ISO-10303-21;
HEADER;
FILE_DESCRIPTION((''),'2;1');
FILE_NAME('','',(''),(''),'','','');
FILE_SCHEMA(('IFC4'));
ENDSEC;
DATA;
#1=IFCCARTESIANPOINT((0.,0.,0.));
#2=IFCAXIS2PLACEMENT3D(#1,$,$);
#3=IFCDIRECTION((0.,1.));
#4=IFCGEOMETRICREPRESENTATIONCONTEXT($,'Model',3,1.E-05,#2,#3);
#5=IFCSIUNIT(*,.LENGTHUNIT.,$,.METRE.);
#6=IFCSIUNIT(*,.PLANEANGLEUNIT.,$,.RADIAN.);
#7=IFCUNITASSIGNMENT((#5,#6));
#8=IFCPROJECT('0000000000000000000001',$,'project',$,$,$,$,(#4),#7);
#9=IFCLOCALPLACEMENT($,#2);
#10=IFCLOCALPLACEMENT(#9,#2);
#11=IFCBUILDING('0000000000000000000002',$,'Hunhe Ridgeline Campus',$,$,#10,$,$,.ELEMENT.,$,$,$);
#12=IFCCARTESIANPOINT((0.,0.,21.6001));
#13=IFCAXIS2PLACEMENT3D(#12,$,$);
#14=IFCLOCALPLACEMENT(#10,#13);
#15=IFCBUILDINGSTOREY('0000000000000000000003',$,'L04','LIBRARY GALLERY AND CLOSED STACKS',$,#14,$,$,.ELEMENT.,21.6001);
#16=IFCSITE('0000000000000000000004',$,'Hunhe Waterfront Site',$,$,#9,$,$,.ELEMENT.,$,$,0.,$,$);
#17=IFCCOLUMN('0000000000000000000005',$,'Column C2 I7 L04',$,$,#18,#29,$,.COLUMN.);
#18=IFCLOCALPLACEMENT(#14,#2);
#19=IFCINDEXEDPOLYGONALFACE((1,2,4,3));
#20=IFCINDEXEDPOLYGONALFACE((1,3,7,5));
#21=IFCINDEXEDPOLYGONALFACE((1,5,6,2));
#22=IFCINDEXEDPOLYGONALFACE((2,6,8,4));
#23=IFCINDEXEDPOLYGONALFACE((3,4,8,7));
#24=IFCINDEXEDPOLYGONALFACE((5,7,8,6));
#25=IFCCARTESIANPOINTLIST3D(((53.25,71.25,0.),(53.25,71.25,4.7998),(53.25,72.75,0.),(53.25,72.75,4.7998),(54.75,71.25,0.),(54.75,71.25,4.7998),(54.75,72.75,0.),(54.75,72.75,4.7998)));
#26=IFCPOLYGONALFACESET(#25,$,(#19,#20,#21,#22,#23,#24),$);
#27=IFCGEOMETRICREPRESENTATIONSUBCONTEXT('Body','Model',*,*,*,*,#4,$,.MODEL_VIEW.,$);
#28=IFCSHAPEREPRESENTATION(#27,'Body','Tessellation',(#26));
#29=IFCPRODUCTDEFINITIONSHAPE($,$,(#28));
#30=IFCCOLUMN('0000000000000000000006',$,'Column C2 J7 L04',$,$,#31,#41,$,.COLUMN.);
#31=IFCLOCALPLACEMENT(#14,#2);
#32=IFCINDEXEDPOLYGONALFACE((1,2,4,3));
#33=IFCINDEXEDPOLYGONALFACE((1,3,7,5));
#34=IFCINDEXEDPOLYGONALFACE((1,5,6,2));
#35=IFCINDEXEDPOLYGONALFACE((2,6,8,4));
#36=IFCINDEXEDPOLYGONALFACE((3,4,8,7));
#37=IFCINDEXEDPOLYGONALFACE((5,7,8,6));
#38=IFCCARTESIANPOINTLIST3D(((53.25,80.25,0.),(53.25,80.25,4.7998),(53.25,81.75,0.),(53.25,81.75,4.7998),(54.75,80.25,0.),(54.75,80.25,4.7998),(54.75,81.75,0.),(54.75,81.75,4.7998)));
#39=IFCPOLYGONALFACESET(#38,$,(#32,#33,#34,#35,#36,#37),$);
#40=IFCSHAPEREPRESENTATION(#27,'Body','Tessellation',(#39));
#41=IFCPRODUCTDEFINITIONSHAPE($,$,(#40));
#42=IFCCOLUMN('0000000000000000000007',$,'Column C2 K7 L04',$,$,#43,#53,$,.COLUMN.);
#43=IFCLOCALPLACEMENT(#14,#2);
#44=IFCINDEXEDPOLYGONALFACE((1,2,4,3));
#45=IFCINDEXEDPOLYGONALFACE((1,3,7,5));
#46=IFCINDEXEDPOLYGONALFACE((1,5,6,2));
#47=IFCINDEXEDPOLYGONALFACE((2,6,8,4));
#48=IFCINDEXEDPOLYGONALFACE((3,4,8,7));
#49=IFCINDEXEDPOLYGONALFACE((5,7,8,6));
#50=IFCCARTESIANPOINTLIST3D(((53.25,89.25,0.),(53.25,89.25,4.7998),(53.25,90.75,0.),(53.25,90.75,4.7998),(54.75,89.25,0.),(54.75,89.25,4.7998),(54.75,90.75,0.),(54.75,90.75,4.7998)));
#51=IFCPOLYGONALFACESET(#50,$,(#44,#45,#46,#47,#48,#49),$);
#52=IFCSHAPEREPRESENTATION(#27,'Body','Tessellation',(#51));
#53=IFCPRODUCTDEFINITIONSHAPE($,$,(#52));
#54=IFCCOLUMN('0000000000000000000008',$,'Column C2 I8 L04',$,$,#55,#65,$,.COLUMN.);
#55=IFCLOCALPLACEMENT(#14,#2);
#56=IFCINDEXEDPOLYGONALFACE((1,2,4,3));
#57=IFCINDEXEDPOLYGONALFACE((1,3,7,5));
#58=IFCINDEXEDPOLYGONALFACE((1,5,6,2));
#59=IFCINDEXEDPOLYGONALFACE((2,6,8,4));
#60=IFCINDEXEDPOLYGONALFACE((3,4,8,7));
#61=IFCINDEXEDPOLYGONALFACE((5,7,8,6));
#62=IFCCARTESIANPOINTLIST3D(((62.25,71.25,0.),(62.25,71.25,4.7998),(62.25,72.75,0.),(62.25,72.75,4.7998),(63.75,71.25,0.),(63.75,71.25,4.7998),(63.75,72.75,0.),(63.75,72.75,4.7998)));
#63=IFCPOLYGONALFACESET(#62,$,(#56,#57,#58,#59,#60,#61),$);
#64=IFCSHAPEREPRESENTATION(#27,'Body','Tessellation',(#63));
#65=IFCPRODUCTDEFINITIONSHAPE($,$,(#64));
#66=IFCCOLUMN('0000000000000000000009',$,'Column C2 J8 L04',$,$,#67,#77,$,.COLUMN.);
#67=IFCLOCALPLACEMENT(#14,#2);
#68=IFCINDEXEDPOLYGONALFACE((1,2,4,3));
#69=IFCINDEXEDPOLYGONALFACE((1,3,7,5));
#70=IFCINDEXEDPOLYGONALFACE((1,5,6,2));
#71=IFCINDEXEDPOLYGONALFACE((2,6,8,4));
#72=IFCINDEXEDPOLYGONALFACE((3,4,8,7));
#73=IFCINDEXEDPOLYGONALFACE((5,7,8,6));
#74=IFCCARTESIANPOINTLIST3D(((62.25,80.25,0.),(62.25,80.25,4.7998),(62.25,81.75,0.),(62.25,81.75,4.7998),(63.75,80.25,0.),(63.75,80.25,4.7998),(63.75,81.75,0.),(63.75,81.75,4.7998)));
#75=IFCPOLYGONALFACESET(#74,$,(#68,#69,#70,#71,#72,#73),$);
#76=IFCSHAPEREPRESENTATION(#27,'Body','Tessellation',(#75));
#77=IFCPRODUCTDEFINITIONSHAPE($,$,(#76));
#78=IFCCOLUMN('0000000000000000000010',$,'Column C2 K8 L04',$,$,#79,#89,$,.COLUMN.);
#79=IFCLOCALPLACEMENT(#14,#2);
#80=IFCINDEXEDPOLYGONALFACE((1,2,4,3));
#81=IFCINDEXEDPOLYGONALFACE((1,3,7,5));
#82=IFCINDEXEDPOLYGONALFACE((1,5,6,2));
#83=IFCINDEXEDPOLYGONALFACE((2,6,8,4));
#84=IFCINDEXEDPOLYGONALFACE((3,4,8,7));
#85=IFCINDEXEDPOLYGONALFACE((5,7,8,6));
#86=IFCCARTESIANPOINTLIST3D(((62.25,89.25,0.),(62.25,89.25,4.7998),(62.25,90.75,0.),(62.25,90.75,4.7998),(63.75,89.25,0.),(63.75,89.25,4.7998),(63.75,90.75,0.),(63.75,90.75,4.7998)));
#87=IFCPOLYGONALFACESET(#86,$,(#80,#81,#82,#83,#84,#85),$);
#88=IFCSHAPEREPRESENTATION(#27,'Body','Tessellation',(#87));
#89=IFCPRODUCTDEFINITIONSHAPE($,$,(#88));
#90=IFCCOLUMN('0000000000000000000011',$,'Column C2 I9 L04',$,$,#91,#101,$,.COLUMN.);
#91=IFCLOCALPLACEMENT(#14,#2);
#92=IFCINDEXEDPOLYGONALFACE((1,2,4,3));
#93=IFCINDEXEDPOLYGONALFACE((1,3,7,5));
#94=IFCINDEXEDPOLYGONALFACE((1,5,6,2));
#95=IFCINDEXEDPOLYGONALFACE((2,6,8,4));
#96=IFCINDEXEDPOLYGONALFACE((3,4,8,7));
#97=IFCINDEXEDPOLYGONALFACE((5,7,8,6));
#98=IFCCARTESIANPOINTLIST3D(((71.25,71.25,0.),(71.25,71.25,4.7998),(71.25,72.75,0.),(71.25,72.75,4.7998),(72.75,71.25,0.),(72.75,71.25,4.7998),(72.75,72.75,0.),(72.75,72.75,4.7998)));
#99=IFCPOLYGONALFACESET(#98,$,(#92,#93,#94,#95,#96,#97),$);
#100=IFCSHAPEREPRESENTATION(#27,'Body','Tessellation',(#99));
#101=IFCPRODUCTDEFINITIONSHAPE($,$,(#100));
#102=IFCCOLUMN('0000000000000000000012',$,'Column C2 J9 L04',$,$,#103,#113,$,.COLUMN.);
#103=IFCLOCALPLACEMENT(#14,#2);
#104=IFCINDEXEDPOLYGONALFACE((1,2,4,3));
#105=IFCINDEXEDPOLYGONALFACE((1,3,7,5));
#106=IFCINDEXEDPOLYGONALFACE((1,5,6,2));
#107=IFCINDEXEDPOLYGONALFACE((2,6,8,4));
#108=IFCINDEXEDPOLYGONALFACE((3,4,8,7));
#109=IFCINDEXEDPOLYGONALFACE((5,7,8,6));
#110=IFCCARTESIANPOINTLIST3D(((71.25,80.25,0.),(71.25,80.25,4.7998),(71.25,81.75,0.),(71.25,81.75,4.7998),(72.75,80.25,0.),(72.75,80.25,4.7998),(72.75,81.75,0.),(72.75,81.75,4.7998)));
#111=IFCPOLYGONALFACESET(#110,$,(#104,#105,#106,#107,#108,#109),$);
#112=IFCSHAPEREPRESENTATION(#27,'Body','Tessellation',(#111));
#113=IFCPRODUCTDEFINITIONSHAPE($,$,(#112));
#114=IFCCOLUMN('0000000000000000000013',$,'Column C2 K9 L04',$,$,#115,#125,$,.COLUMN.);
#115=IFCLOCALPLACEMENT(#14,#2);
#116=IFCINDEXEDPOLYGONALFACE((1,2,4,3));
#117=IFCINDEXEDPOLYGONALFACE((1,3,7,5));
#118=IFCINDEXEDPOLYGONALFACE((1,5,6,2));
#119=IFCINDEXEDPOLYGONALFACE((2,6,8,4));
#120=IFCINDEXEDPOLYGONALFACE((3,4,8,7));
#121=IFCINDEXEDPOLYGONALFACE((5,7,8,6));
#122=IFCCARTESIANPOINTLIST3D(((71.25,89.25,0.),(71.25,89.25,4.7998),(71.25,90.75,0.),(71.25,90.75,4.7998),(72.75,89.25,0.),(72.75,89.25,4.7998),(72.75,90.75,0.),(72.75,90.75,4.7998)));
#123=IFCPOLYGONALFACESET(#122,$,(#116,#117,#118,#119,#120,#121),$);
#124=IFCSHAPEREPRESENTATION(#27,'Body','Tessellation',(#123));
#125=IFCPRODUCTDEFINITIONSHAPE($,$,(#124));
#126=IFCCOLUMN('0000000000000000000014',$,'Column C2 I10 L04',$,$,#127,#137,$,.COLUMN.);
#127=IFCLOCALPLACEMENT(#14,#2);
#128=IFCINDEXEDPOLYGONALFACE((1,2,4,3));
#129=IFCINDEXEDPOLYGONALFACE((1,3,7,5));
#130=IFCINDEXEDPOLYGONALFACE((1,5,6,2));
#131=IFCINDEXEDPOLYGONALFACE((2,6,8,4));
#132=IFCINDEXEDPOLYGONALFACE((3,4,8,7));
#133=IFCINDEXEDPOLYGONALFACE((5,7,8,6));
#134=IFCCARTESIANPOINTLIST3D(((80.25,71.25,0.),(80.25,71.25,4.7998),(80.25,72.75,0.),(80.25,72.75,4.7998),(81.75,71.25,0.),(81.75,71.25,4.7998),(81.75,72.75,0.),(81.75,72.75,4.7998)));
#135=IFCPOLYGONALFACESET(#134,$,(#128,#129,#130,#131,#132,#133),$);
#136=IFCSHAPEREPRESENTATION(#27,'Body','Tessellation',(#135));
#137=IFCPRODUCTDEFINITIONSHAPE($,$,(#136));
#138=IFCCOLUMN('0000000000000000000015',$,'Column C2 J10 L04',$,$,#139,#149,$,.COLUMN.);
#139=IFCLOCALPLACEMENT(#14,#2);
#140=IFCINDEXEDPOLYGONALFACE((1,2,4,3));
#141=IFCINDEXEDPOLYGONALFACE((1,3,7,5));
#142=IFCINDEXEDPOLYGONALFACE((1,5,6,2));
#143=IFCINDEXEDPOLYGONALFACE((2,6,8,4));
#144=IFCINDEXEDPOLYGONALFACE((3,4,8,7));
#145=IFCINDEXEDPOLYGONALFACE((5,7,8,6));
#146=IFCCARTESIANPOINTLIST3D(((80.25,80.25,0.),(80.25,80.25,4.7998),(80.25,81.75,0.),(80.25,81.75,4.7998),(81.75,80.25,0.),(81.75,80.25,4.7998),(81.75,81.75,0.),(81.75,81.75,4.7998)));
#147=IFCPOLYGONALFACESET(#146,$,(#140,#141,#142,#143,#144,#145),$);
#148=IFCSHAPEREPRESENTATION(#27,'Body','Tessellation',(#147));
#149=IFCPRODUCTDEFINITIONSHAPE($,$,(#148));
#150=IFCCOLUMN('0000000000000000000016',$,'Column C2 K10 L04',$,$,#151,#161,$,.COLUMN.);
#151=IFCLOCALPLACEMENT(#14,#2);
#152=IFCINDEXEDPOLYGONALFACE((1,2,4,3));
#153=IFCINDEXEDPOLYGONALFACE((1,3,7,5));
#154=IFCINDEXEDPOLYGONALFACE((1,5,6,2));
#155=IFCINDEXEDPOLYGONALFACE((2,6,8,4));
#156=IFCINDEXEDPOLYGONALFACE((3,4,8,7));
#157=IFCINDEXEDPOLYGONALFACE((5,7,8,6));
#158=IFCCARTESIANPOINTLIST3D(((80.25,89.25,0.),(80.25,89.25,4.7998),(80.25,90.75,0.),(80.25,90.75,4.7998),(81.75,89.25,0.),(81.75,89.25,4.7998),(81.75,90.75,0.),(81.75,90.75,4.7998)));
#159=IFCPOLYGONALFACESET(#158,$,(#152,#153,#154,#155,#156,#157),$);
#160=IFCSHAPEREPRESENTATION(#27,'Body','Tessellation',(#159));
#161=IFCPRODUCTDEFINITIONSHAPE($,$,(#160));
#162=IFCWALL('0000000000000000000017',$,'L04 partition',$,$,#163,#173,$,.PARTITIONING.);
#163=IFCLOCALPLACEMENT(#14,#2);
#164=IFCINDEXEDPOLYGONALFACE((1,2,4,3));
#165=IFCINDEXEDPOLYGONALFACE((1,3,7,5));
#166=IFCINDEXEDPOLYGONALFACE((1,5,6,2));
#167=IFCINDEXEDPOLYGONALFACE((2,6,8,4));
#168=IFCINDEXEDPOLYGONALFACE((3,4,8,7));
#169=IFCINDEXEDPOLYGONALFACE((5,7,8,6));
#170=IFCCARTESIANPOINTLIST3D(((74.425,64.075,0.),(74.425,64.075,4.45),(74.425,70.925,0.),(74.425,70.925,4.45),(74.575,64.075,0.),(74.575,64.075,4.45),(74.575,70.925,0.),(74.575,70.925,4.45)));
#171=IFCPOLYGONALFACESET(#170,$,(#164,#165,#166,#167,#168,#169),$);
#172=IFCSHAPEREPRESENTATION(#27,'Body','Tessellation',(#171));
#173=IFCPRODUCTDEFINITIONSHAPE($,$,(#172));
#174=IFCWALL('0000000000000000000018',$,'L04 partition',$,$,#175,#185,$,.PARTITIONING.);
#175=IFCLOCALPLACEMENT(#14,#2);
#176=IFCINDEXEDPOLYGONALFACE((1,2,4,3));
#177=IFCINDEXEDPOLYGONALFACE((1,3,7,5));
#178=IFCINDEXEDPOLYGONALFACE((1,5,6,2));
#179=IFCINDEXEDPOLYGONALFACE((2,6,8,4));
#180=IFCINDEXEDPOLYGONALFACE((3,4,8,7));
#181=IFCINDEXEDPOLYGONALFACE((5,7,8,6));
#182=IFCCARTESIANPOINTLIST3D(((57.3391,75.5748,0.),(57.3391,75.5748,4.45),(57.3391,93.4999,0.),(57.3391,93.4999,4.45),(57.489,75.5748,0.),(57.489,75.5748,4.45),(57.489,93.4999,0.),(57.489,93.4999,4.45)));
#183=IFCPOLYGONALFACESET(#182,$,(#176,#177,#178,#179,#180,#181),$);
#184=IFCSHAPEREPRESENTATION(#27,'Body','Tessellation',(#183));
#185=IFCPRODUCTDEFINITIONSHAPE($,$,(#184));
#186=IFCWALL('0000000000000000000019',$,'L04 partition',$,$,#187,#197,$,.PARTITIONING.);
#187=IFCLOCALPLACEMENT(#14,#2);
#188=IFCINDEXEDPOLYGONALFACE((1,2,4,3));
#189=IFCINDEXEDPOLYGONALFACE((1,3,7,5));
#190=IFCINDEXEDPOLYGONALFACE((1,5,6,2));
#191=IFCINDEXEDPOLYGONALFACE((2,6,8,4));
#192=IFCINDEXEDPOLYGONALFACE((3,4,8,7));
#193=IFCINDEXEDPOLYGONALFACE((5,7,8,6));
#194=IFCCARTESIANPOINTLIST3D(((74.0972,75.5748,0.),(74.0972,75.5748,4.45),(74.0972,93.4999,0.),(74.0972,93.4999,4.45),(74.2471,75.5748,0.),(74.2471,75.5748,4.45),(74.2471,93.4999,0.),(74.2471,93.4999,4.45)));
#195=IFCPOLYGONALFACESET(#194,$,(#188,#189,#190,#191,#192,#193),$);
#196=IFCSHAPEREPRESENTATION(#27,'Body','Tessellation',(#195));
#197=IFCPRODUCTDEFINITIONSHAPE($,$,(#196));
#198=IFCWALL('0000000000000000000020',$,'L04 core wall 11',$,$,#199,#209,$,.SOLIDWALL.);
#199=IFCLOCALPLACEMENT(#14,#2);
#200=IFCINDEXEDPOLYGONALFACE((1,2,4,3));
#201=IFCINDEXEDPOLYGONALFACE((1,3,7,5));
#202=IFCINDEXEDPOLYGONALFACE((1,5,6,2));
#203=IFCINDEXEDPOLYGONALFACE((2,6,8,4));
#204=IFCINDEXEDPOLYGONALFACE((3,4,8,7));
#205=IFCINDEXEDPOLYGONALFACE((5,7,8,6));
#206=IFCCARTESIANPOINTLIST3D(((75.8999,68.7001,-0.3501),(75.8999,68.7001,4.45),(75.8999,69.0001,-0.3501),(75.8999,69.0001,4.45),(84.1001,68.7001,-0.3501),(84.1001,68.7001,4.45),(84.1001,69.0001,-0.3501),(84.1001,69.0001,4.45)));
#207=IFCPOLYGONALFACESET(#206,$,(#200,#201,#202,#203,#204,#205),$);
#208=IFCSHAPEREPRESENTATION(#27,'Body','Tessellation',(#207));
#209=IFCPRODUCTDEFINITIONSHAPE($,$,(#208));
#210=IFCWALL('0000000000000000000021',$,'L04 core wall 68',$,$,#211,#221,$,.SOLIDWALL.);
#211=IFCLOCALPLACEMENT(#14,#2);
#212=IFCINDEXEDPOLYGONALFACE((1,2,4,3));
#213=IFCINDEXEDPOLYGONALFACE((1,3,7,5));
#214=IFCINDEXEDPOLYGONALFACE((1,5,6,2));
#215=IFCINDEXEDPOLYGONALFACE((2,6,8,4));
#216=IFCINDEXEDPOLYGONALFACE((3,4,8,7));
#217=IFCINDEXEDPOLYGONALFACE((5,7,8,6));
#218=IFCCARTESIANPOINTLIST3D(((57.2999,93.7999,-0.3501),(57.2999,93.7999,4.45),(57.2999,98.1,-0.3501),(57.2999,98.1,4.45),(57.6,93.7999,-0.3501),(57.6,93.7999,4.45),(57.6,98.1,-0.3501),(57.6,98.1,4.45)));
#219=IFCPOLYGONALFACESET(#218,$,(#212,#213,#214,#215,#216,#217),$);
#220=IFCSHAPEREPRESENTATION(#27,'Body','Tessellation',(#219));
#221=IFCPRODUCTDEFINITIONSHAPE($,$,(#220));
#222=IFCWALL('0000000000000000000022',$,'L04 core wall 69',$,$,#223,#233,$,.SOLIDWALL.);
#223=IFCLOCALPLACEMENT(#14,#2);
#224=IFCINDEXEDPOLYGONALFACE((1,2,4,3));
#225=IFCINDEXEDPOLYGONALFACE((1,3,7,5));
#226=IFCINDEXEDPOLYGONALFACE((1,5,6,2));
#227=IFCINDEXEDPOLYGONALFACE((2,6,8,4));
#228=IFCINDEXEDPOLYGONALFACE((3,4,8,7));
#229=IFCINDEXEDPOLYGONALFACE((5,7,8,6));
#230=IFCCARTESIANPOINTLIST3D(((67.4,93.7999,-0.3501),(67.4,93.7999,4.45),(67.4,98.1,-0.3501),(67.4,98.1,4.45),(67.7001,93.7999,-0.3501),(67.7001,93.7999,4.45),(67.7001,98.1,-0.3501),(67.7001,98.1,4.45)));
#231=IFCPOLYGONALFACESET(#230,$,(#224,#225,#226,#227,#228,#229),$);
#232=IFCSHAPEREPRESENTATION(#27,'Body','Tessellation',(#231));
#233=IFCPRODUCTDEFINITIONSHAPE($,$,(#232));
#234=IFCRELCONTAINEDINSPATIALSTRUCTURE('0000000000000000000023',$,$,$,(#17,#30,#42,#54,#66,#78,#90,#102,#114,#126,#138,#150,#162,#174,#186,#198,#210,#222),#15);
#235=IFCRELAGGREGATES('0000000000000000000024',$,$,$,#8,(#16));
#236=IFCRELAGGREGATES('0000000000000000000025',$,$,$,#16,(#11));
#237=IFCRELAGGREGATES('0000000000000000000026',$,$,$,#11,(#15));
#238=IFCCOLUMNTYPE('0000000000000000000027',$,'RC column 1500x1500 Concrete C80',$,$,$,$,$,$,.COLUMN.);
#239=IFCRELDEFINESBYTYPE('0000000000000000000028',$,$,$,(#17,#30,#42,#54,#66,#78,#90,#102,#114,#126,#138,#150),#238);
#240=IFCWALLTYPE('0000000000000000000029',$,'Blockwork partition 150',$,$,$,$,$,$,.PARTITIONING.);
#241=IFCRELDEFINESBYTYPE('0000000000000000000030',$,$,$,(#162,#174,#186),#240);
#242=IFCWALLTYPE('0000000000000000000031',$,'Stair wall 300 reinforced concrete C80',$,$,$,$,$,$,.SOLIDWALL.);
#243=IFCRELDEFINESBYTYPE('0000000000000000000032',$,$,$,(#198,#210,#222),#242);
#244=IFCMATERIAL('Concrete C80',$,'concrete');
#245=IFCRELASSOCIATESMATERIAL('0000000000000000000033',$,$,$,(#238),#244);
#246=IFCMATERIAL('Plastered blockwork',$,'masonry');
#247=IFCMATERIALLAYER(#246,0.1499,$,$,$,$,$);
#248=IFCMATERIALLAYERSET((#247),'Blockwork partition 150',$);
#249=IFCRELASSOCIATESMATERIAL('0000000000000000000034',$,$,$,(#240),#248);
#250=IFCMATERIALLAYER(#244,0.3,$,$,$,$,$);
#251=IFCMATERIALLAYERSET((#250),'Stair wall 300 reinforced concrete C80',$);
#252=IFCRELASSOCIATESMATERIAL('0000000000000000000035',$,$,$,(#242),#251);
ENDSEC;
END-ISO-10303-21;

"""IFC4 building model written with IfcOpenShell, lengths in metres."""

from ifc_helpers import new_model, si_unit, direction, frame, frame_2d, origin, origin_2d, place, context, subcontext, project, spatial, rectangle, extrude, material, layer, layer_set, material_profile, profile_set, type_object, element, save


model = new_model("IFC4")

# Units and contexts
model_context = context("Model", 3, precision=1e-05, world=origin(), true_north=direction((0.0, 1.0)))
body_context = subcontext(model_context, "Body", "Model", "MODEL_VIEW")
ifc_project = project(units=[si_unit("LENGTHUNIT", "METRE"), si_unit("PLANEANGLEUNIT", "RADIAN")], contexts=[model_context])

# Site, building, storey
site_placement = place(None, origin())
site = spatial("IfcSite", under=ifc_project, at=site_placement, Name="Hunhe Waterfront Site", CompositionType="ELEMENT", RefElevation=0.0)
building_placement = place(site_placement, origin())
building = spatial("IfcBuilding", under=site, at=building_placement, Name="Hunhe Ridgeline Campus", CompositionType="ELEMENT")
storey_placement = place(building_placement, frame((0.0, 0.0, 21.6001)))
storey = spatial("IfcBuildingStorey", under=building, at=storey_placement, Name="L04", Description="LIBRARY GALLERY AND CLOSED STACKS", CompositionType="ELEMENT", Elevation=21.6001)

# Columns
ifc_material_1 = material(Name="Concrete C80", Category="concrete")
ifc_material_profile = material_profile(ifc_material_1, rectangle(XDim=1.5, YDim=1.5, at=origin_2d()))
ifc_profile_set = profile_set([ifc_material_profile], Name="Concrete C80")
column_type = type_object("IfcColumnType", Name="RC column 1500x1500 Concrete C80", PredefinedType="COLUMN", material=ifc_profile_set)
for number, where, z_axis, x_axis, name in (
    (1, (54.0, 72.0, 0.0), (0.0, 0.0, 1.0), (1.0, 0.0, 0.0), "Column C2 I7 L04"),
    (2, (54.0, 81.0, 0.0), (0.0, 0.0, 1.0), (1.0, 0.0, 0.0), "Column C2 J7 L04"),
    (3, (54.0, 90.0, 0.0), (0.0, 0.0, 1.0), (1.0, 0.0, 0.0), "Column C2 K7 L04"),
    (4, (63.0, 72.0, 0.0), (0.0, 0.0, 1.0), (1.0, 0.0, 0.0), "Column C2 I8 L04"),
    (5, (63.0, 81.0, 0.0), (0.0, 0.0, 1.0), (1.0, 0.0, 0.0), "Column C2 J8 L04"),
    (6, (63.0, 90.0, 0.0), (0.0, 0.0, 1.0), (1.0, 0.0, 0.0), "Column C2 K8 L04"),
    (7, (72.0, 72.0, 0.0), (0.0, 0.0, 1.0), (1.0, 0.0, 0.0), "Column C2 I9 L04"),
    (8, (72.0, 81.0, 0.0), (0.0, 0.0, 1.0), (1.0, 0.0, 0.0), "Column C2 J9 L04"),
    (9, (72.0, 90.0, 0.0), (0.0, 0.0, 1.0), (1.0, 0.0, 0.0), "Column C2 K9 L04"),
    (10, (81.0, 72.0, 0.0), (0.0, 0.0, 1.0), (1.0, 0.0, 0.0), "Column C2 I10 L04"),
    (11, (81.0, 81.0, 0.0), (0.0, 0.0, 1.0), (1.0, 0.0, 0.0), "Column C2 J10 L04"),
    (12, (81.0, 90.0, 0.0), (0.0, 0.0, 1.0), (1.0, 0.0, 0.0), "Column C2 K10 L04"),
):
    element("IfcColumn", number, at=place(storey_placement, frame(where, z_axis=z_axis, x_axis=x_axis)), inside=storey, type_object=column_type, Name=name, PredefinedType="COLUMN", context=body_context, shape_type="SweptSolid", body=[
        extrude(rectangle(XDim=1.5, YDim=1.5, at=origin_2d()), origin(), (0.0, 0.0, 1.0), 4.7998),
    ])

# Walls
ifc_material_2 = material(Name="Plastered blockwork", Category="masonry")
ifc_layer_1 = layer(ifc_material_2, 0.1499)
ifc_layer_set_1 = layer_set([ifc_layer_1], Name="Blockwork partition 150")
wall_type_1 = type_object("IfcWallType", Name="Blockwork partition 150", PredefinedType="PARTITIONING", material=ifc_layer_set_1)
wall_1_placement = place(storey_placement, frame((74.5, 70.925, 0.0), z_axis=(0.0, 0.0, 1.0), x_axis=(0.0, -1.0, 0.0)))
element("IfcWall", 13, at=wall_1_placement, inside=storey, type_object=wall_type_1, Name="L04 partition", PredefinedType="PARTITIONING", context=body_context, shape_type="SweptSolid", body=[
    extrude(rectangle(XDim=6.8501, YDim=0.1499, at=frame_2d((3.425, 0.0))), origin(), (0.0, 0.0, 1.0), 4.45),
])
for number, where, z_axis, x_axis, name in (
    (14, (57.4141, 75.575, 0.0), (0.0, 0.0, 1.0), (0.0, 1.0, 0.0), "L04 partition"),
    (15, (74.1721, 75.575, 0.0), (0.0, 0.0, 1.0), (0.0, 1.0, 0.0), "L04 partition"),
):
    element("IfcWall", number, at=place(storey_placement, frame(where, z_axis=z_axis, x_axis=x_axis)), inside=storey, type_object=wall_type_1, Name=name, PredefinedType="PARTITIONING", context=body_context, shape_type="SweptSolid", body=[
        extrude(rectangle(XDim=17.925, YDim=0.1499, at=frame_2d((8.9624, 0.0))), origin(), (0.0, 0.0, 1.0), 4.45),
    ])
ifc_layer_2 = layer(ifc_material_1, 0.3)
ifc_layer_set_2 = layer_set([ifc_layer_2], Name="Stair wall 300 reinforced concrete C80")
wall_type_2 = type_object("IfcWallType", Name="Stair wall 300 reinforced concrete C80", PredefinedType="SOLIDWALL", material=ifc_layer_set_2)
wall_2_placement = place(storey_placement, frame((75.8999, 68.8501, -0.3501), z_axis=(0.0, 0.0, 1.0), x_axis=(1.0, 0.0, 0.0)))
element("IfcWall", 16, at=wall_2_placement, inside=storey, type_object=wall_type_2, Name="L04 core wall 11", PredefinedType="SOLIDWALL", context=body_context, shape_type="SweptSolid", body=[
    extrude(rectangle(XDim=8.2002, YDim=0.3, at=frame_2d((4.1001, 0.0))), origin(), (0.0, 0.0, 1.0), 4.8),
])

# Walls
for number, where, z_axis, x_axis, name in (
    (17, (57.45, 93.8, -0.3501), (0.0, 0.0, 1.0), (0.0, 1.0, 0.0), "L04 core wall 68"),
    (18, (67.55, 93.8, -0.3501), (0.0, 0.0, 1.0), (0.0, 1.0, 0.0), "L04 core wall 69"),
):
    element("IfcWall", number, at=place(storey_placement, frame(where, z_axis=z_axis, x_axis=x_axis)), inside=storey, type_object=wall_type_2, Name=name, PredefinedType="SOLIDWALL", context=body_context, shape_type="SweptSolid", body=[
        extrude(rectangle(XDim=4.3, YDim=0.3, at=frame_2d((2.1499, 0.0))), origin(), (0.0, 0.0, 1.0), 4.8),
    ])

save(model, "model.ifc")
